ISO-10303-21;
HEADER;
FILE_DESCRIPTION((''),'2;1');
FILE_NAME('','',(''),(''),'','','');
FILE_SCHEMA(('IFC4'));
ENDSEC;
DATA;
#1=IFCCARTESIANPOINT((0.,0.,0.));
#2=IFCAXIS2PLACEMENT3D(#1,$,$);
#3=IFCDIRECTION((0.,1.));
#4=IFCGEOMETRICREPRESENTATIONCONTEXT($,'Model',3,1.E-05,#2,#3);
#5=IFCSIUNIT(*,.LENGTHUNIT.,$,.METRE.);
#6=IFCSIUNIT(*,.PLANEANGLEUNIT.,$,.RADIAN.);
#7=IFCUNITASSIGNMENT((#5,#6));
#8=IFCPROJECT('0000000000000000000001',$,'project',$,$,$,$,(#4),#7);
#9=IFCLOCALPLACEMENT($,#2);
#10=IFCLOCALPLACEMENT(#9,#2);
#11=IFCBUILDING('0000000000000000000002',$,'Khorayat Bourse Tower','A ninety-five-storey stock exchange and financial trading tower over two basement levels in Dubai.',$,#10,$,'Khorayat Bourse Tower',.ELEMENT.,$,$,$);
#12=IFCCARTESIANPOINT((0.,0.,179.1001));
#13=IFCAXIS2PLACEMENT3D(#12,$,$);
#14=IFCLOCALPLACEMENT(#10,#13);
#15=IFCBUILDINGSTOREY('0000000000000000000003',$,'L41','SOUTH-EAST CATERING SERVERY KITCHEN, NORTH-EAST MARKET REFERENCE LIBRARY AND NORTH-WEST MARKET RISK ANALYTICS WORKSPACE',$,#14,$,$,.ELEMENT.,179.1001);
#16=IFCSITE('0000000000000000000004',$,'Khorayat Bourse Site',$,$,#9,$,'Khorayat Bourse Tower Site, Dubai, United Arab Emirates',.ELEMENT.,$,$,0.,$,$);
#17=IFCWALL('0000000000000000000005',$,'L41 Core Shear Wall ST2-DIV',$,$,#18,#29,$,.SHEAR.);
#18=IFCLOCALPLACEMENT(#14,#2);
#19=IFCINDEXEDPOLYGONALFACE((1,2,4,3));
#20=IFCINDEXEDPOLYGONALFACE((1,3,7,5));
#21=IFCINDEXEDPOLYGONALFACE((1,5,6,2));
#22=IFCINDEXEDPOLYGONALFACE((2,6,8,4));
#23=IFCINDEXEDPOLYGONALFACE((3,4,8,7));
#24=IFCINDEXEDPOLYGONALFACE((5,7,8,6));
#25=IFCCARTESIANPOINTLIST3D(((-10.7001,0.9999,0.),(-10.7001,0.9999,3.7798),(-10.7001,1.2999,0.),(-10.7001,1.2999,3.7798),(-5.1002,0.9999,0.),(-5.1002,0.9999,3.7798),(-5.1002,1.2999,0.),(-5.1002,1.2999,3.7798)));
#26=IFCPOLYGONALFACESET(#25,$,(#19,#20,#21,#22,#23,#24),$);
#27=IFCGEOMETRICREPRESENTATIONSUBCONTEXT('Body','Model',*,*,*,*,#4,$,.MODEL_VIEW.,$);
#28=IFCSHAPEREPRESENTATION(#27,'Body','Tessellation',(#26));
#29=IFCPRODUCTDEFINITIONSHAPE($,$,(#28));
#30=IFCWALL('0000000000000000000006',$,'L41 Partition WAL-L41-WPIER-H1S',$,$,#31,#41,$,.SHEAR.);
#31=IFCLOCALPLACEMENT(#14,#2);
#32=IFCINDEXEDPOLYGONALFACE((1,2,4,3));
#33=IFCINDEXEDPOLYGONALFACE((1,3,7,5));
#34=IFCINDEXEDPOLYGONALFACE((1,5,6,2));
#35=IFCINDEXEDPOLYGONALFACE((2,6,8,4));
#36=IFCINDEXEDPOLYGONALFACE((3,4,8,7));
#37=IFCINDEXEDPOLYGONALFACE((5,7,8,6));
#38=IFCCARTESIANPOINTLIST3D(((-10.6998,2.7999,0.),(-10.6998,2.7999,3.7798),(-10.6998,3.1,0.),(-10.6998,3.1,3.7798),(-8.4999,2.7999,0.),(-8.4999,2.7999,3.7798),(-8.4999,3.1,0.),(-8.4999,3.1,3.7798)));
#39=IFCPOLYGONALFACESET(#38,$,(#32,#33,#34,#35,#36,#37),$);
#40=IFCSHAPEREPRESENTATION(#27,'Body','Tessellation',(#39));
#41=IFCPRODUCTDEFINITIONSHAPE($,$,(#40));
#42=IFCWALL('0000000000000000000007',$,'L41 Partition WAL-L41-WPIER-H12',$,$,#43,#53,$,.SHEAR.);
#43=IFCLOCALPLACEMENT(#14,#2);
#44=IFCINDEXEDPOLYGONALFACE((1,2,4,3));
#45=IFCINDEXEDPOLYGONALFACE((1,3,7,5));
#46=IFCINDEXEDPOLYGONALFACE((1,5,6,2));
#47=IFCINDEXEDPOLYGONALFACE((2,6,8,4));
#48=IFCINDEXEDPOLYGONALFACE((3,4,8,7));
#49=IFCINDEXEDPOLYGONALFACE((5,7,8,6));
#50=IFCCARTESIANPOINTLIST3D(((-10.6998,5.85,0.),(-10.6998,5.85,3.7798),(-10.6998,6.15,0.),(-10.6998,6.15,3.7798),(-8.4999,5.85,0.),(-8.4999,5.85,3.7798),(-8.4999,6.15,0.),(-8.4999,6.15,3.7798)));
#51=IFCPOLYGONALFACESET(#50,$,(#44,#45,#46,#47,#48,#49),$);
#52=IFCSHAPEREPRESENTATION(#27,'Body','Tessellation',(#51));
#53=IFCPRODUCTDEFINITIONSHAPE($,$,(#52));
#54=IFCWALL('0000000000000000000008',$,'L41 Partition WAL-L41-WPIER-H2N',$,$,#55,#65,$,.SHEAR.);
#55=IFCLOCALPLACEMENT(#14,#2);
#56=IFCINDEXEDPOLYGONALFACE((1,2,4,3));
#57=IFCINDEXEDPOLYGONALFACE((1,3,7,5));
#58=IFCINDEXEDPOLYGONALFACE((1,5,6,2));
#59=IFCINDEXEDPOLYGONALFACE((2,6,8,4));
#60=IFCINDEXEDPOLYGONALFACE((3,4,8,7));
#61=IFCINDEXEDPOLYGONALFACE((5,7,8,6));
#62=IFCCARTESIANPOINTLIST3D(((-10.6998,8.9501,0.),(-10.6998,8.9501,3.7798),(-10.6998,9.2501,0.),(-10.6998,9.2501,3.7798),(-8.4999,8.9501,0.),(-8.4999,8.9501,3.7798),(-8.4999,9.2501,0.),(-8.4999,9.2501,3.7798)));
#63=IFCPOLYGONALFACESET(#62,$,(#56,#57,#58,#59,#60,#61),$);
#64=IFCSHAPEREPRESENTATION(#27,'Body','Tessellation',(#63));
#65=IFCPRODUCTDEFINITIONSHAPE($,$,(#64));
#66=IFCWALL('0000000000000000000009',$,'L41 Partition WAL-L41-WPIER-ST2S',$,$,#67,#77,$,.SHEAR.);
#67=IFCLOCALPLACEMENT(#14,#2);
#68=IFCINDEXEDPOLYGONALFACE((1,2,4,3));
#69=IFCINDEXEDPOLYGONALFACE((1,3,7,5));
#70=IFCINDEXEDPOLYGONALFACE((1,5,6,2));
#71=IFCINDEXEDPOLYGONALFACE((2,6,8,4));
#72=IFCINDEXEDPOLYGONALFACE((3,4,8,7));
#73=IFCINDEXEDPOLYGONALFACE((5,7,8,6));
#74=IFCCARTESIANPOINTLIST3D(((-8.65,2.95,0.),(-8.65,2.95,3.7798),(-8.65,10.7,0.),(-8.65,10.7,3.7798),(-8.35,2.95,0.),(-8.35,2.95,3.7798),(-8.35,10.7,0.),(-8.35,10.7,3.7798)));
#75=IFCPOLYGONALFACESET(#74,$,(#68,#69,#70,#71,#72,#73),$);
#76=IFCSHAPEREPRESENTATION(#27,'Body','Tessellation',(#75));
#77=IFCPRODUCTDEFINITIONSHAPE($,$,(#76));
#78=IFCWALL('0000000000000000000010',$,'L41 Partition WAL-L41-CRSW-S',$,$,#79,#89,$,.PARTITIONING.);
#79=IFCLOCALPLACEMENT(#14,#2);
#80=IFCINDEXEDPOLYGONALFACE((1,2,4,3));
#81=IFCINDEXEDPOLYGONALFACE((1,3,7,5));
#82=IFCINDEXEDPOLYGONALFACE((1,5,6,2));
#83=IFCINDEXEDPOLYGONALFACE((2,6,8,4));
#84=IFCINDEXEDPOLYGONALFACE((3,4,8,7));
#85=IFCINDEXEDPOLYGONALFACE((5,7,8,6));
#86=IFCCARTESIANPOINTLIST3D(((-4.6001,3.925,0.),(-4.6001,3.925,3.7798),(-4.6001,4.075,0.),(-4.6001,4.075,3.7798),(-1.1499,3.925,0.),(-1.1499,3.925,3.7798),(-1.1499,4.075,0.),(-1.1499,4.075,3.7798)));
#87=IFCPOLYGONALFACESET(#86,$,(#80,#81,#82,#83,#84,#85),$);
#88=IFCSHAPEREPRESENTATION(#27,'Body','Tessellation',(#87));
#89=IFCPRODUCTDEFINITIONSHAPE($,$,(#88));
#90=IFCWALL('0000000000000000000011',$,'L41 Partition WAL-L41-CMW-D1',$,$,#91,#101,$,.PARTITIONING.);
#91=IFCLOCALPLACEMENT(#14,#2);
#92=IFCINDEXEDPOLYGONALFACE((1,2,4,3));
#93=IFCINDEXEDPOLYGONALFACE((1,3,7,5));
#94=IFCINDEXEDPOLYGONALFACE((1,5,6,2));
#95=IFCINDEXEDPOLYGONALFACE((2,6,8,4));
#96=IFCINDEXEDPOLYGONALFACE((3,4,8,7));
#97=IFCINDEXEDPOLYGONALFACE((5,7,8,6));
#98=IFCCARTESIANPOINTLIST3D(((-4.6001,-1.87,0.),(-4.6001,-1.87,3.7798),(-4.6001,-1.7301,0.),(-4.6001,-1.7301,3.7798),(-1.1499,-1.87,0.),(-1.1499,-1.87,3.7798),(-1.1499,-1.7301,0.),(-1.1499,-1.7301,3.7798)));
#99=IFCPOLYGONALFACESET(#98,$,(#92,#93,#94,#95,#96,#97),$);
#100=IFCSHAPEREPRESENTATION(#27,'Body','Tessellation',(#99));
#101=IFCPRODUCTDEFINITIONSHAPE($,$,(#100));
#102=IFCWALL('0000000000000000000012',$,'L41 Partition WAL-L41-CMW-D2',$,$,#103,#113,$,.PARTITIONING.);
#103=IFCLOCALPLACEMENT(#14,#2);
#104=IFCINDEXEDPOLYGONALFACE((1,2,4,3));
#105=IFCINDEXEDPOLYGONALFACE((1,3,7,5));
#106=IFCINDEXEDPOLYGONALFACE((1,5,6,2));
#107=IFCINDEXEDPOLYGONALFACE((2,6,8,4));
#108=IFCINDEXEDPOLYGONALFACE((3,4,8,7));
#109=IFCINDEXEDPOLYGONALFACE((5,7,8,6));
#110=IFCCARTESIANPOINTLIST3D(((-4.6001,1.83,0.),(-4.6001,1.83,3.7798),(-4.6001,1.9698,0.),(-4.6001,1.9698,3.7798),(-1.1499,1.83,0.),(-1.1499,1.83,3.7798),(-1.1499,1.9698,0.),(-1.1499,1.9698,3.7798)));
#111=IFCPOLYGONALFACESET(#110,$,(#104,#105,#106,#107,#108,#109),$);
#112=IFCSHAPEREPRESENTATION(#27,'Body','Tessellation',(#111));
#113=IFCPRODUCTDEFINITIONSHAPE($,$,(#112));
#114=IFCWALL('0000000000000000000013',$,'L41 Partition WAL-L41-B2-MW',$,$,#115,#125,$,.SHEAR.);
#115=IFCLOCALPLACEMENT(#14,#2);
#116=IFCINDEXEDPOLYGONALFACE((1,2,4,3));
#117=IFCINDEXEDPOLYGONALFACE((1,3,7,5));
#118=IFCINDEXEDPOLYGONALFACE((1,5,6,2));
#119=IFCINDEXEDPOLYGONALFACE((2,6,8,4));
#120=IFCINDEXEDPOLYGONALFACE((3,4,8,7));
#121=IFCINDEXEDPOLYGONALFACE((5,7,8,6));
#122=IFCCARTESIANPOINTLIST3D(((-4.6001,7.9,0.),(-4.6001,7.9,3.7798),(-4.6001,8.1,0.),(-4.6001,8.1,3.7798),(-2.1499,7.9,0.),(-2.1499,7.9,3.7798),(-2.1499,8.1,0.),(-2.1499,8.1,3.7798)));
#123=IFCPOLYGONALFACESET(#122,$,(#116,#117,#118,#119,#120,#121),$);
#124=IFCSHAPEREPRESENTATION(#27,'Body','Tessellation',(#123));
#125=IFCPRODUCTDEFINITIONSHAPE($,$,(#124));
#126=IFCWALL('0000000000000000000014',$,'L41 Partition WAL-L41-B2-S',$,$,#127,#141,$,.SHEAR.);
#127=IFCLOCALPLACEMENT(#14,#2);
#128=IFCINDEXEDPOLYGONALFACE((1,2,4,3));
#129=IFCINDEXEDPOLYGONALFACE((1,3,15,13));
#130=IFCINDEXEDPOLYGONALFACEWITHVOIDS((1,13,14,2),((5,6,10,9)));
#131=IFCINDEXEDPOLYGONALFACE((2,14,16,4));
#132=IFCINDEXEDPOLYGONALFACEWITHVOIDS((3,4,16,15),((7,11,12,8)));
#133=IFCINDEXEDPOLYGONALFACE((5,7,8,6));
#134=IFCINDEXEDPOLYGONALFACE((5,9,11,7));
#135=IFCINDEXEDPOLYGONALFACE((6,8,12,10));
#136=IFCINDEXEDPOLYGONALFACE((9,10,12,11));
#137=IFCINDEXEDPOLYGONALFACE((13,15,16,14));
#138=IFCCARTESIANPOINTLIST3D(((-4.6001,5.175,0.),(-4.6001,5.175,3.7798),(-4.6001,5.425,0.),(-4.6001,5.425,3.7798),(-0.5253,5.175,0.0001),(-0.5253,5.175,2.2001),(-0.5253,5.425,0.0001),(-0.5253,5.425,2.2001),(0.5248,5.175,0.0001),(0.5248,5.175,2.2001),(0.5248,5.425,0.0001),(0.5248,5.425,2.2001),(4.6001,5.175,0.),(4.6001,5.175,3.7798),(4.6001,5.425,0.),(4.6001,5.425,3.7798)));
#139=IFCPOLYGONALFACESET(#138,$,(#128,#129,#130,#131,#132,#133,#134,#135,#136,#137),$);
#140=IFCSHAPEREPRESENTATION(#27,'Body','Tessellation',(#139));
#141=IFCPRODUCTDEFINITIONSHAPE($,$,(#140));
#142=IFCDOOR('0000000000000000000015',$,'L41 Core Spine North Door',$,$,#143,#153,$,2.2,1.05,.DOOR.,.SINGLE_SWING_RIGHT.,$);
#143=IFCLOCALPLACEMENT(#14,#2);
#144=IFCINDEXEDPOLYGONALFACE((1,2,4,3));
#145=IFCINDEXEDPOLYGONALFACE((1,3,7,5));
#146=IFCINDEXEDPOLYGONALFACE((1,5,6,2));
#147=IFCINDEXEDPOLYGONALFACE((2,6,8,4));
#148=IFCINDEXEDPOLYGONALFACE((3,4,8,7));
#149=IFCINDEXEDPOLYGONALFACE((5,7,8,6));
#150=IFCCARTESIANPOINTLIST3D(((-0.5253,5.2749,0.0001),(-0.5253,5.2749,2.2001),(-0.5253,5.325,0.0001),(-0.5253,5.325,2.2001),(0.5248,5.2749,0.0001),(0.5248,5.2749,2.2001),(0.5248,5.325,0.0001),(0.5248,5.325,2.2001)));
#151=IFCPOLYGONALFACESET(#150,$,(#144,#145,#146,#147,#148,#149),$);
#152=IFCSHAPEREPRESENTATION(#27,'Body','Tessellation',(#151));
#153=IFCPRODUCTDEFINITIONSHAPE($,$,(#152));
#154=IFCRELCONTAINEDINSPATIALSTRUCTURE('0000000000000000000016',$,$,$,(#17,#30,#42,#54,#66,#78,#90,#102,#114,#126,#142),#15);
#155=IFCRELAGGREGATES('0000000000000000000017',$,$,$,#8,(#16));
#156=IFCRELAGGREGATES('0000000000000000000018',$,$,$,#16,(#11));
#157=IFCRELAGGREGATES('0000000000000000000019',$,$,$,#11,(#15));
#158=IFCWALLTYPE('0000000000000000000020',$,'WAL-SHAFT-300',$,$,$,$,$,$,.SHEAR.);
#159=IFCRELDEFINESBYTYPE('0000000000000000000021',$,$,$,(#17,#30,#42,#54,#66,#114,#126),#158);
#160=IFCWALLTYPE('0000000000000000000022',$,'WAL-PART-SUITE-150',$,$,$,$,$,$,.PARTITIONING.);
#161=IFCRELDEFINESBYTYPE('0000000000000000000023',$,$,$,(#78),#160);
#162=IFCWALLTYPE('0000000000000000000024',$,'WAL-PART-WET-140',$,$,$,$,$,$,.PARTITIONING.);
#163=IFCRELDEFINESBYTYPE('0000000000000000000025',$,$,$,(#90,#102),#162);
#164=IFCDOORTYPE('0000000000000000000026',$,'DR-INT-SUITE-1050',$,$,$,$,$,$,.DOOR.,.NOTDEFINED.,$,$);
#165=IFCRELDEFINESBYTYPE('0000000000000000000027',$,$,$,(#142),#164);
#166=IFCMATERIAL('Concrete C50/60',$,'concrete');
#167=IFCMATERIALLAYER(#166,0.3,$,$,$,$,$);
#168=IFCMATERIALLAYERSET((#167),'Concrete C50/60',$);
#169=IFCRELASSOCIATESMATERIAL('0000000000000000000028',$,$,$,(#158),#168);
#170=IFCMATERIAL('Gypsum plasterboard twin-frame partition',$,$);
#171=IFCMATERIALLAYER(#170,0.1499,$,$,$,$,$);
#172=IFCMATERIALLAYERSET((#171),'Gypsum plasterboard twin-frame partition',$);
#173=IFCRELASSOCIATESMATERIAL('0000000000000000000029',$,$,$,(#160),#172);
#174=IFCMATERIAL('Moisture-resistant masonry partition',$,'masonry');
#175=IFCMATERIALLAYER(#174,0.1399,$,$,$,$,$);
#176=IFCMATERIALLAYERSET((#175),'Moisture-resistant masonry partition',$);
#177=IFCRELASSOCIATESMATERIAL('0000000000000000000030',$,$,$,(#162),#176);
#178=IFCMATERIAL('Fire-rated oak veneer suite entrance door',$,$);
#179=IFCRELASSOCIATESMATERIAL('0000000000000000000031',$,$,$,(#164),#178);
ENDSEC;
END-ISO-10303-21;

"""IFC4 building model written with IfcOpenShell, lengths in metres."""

from ifc_helpers import new_model, si_unit, direction, frame, frame_2d, origin, place, context, subcontext, project, spatial, rectangle, extrude, source, transform, mapped, material, layer, layer_set, type_object, element, fill, save


model = new_model("IFC4")

# Units and contexts
model_context = context("Model", 3, precision=1e-05, world=origin(), true_north=direction((0.0, 1.0)))
body_context = subcontext(model_context, "Body", "Model", "MODEL_VIEW")
ifc_project = project(units=[si_unit("LENGTHUNIT", "METRE"), si_unit("PLANEANGLEUNIT", "RADIAN")], contexts=[model_context])

# Site, building, storey
site_placement = place(None, origin())
site = spatial("IfcSite", under=ifc_project, at=site_placement, Name="Khorayat Bourse Site", LongName="Khorayat Bourse Tower Site, Dubai, United Arab Emirates", CompositionType="ELEMENT", RefElevation=0.0)
building_placement = place(site_placement, origin())
building = spatial("IfcBuilding", under=site, at=building_placement, Name="Khorayat Bourse Tower", Description="A ninety-five-storey stock exchange and financial trading tower over two basement levels in Dubai.", LongName="Khorayat Bourse Tower", CompositionType="ELEMENT")
storey_placement = place(building_placement, frame((0.0, 0.0, 179.1001)))
storey = spatial("IfcBuildingStorey", under=building, at=storey_placement, Name="L41", Description="SOUTH-EAST CATERING SERVERY KITCHEN, NORTH-EAST MARKET REFERENCE LIBRARY AND NORTH-WEST MARKET RISK ANALYTICS WORKSPACE", CompositionType="ELEMENT", Elevation=179.1001)

# Walls
ifc_material_1 = material(Name="Concrete C50/60", Category="concrete")
ifc_layer_1 = layer(ifc_material_1, 0.3)
ifc_layer_set_1 = layer_set([ifc_layer_1], Name="Concrete C50/60")
wall_type_1 = type_object("IfcWallType", Name="WAL-SHAFT-300", PredefinedType="SHEAR", material=ifc_layer_set_1)
shared_shape_1 = source(origin(), body_context, "Body", "SweptSolid", [
    extrude(rectangle(XDim=5.5999, YDim=0.3, at=frame_2d((2.7998, 0.0))), origin(), (0.0, 0.0, 1.0), 3.7798),
])
for number, where, z_axis, x_axis, name in (
    (1, (-10.7, 1.1499, 0.0), (0.0, 0.0, 1.0), (1.0, 0.0, 0.0), "L41 Core Shear Wall ST2-DIV"),
):
    element("IfcWall", number, at=place(storey_placement, frame(where, z_axis=z_axis, x_axis=x_axis)), inside=storey, type_object=wall_type_1, Name=name, PredefinedType="SHEAR", context=body_context, shape_type="MappedRepresentation", body=[
        mapped(shared_shape_1, transform((0.0, 0.0, 0.0), scale=1.0)),
    ])
shared_shape_2 = source(origin(), body_context, "Body", "SweptSolid", [
    extrude(rectangle(XDim=2.2, YDim=0.3, at=frame_2d((1.1001, 0.0))), origin(), (0.0, 0.0, 1.0), 3.7798),
])
for number, where, z_axis, x_axis, name in (
    (2, (-10.7, 2.95, 0.0), (0.0, 0.0, 1.0), (1.0, 0.0, 0.0), "L41 Partition WAL-L41-WPIER-H1S"),
    (3, (-10.7, 6.0, 0.0), (0.0, 0.0, 1.0), (1.0, 0.0, 0.0), "L41 Partition WAL-L41-WPIER-H12"),
    (4, (-10.7, 9.1001, 0.0), (0.0, 0.0, 1.0), (1.0, 0.0, 0.0), "L41 Partition WAL-L41-WPIER-H2N"),
):
    element("IfcWall", number, at=place(storey_placement, frame(where, z_axis=z_axis, x_axis=x_axis)), inside=storey, type_object=wall_type_1, Name=name, PredefinedType="SHEAR", context=body_context, shape_type="MappedRepresentation", body=[
        mapped(shared_shape_2, transform((0.0, 0.0, 0.0), scale=1.0)),
    ])
shared_shape_3 = source(origin(), body_context, "Body", "SweptSolid", [
    extrude(rectangle(XDim=7.75, YDim=0.3, at=frame_2d((3.875, 0.0))), origin(), (0.0, 0.0, 1.0), 3.7798),
])
wall_1_placement = place(storey_placement, frame((-8.5, 2.95, 0.0), z_axis=(0.0, 0.0, 1.0), x_axis=(0.0, 1.0, 0.0)))
element("IfcWall", 5, at=wall_1_placement, inside=storey, type_object=wall_type_1, Name="L41 Partition WAL-L41-WPIER-ST2S", PredefinedType="SHEAR", context=body_context, shape_type="MappedRepresentation", body=[
    mapped(shared_shape_3, transform((0.0, 0.0, 0.0), scale=1.0)),
])
ifc_material_2 = material(Name="Gypsum plasterboard twin-frame partition")
ifc_layer_2 = layer(ifc_material_2, 0.1499)
ifc_layer_set_2 = layer_set([ifc_layer_2], Name="Gypsum plasterboard twin-frame partition")
wall_type_2 = type_object("IfcWallType", Name="WAL-PART-SUITE-150", PredefinedType="PARTITIONING", material=ifc_layer_set_2)
shared_shape_4 = source(origin(), body_context, "Body", "SweptSolid", [
    extrude(rectangle(XDim=3.4502, YDim=0.1499, at=frame_2d((1.7251, 0.0))), origin(), (0.0, 0.0, 1.0), 3.7798),
])
wall_2_placement = place(storey_placement, frame((-4.6001, 4.0, 0.0), z_axis=(0.0, 0.0, 1.0), x_axis=(1.0, 0.0, 0.0)))
element("IfcWall", 6, at=wall_2_placement, inside=storey, type_object=wall_type_2, Name="L41 Partition WAL-L41-CRSW-S", PredefinedType="PARTITIONING", context=body_context, shape_type="MappedRepresentation", body=[
    mapped(shared_shape_4, transform((0.0, 0.0, 0.0), scale=1.0)),
])
ifc_material_3 = material(Name="Moisture-resistant masonry partition", Category="masonry")
ifc_layer_3 = layer(ifc_material_3, 0.1399)
ifc_layer_set_3 = layer_set([ifc_layer_3], Name="Moisture-resistant masonry partition")
wall_type_3 = type_object("IfcWallType", Name="WAL-PART-WET-140", PredefinedType="PARTITIONING", material=ifc_layer_set_3)
shared_shape_5 = source(origin(), body_context, "Body", "SweptSolid", [
    extrude(rectangle(XDim=3.4502, YDim=0.1399, at=frame_2d((1.7251, 0.0))), origin(), (0.0, 0.0, 1.0), 3.7798),
])
for number, where, z_axis, x_axis, name in (
    (7, (-4.6001, -1.8, 0.0), (0.0, 0.0, 1.0), (1.0, 0.0, 0.0), "L41 Partition WAL-L41-CMW-D1"),
    (8, (-4.6001, 1.8999, 0.0), (0.0, 0.0, 1.0), (1.0, 0.0, 0.0), "L41 Partition WAL-L41-CMW-D2"),
):
    element("IfcWall", number, at=place(storey_placement, frame(where, z_axis=z_axis, x_axis=x_axis)), inside=storey, type_object=wall_type_3, Name=name, PredefinedType="PARTITIONING", context=body_context, shape_type="MappedRepresentation", body=[
        mapped(shared_shape_5, transform((0.0, 0.0, 0.0), scale=1.0)),
    ])
shared_shape_6 = source(origin(), body_context, "Body", "SweptSolid", [
    extrude(rectangle(XDim=2.4502, YDim=0.2, at=frame_2d((1.2251, 0.0))), origin(), (0.0, 0.0, 1.0), 3.7798),
])
wall_3_placement = place(storey_placement, frame((-4.6001, 8.0, 0.0), z_axis=(0.0, 0.0, 1.0), x_axis=(1.0, 0.0, 0.0)))
element("IfcWall", 9, at=wall_3_placement, inside=storey, type_object=wall_type_1, Name="L41 Partition WAL-L41-B2-MW", PredefinedType="SHEAR", context=body_context, shape_type="MappedRepresentation", body=[
    mapped(shared_shape_6, transform((0.0, 0.0, 0.0), scale=1.0)),
])

# Wall, opening, door
shared_shape_7 = source(origin(), body_context, "Body", "SweptSolid", [
    extrude(rectangle(XDim=9.2002, YDim=0.25, at=frame_2d((4.6001, 0.0))), origin(), (0.0, 0.0, 1.0), 3.7798),
])
wall_4_placement = place(storey_placement, frame((-4.6001, 5.3, 0.0), z_axis=(0.0, 0.0, 1.0), x_axis=(1.0, 0.0, 0.0)))
wall_4 = element("IfcWall", 10, at=wall_4_placement, inside=storey, type_object=wall_type_1, Name="L41 Partition WAL-L41-B2-S", PredefinedType="SHEAR", context=body_context, shape_type="MappedRepresentation", body=[
    mapped(shared_shape_7, transform((0.0, 0.0, 0.0), scale=1.0)),
])
shared_shape_8 = source(origin(), body_context, "Body", "SweptSolid", [
    extrude(rectangle(XDim=1.05, YDim=2.2, at=frame_2d((0.5249, 1.1001))), frame((0.0, 0.135, 0.0), z_axis=(0.0, -1.0, 0.0), x_axis=(1.0, 0.0, 0.0)), (0.0, 0.0, 1.0), 0.27),
])
opening_placement = place(wall_4_placement, frame((4.075, 0.0, 0.0)))
opening = element("IfcOpeningElement", 11, at=opening_placement, cuts=wall_4, PredefinedType="OPENING", context=body_context, shape_type="MappedRepresentation", body=[
    mapped(shared_shape_8, transform((0.0, 0.0, 0.0), scale=1.0)),
])
ifc_material_4 = material(Name="Fire-rated oak veneer suite entrance door")
door_type = type_object("IfcDoorType", Name="DR-INT-SUITE-1050", OperationType="NOTDEFINED", PredefinedType="DOOR", material=ifc_material_4)
shared_shape_9 = source(origin(), body_context, "Body", "SweptSolid", [
    extrude(rectangle(XDim=1.05, YDim=2.2, at=frame_2d((0.5249, 1.1001))), frame((0.0, 0.0249, 0.0), z_axis=(0.0, -1.0, 0.0), x_axis=(1.0, 0.0, 0.0)), (0.0, 0.0, 1.0), 0.05),
])
door_placement = place(opening_placement, origin())
door = element("IfcDoor", 12, at=door_placement, inside=storey, type_object=door_type, Name="L41 Core Spine North Door", OperationType="SINGLE_SWING_RIGHT", OverallHeight=2.2, OverallWidth=1.05, PredefinedType="DOOR", context=body_context, shape_type="MappedRepresentation", body=[
    mapped(shared_shape_9, transform((0.0, 0.0, 0.0), scale=1.0)),
])
fill(opening, door)

save(model, "model.ifc")
